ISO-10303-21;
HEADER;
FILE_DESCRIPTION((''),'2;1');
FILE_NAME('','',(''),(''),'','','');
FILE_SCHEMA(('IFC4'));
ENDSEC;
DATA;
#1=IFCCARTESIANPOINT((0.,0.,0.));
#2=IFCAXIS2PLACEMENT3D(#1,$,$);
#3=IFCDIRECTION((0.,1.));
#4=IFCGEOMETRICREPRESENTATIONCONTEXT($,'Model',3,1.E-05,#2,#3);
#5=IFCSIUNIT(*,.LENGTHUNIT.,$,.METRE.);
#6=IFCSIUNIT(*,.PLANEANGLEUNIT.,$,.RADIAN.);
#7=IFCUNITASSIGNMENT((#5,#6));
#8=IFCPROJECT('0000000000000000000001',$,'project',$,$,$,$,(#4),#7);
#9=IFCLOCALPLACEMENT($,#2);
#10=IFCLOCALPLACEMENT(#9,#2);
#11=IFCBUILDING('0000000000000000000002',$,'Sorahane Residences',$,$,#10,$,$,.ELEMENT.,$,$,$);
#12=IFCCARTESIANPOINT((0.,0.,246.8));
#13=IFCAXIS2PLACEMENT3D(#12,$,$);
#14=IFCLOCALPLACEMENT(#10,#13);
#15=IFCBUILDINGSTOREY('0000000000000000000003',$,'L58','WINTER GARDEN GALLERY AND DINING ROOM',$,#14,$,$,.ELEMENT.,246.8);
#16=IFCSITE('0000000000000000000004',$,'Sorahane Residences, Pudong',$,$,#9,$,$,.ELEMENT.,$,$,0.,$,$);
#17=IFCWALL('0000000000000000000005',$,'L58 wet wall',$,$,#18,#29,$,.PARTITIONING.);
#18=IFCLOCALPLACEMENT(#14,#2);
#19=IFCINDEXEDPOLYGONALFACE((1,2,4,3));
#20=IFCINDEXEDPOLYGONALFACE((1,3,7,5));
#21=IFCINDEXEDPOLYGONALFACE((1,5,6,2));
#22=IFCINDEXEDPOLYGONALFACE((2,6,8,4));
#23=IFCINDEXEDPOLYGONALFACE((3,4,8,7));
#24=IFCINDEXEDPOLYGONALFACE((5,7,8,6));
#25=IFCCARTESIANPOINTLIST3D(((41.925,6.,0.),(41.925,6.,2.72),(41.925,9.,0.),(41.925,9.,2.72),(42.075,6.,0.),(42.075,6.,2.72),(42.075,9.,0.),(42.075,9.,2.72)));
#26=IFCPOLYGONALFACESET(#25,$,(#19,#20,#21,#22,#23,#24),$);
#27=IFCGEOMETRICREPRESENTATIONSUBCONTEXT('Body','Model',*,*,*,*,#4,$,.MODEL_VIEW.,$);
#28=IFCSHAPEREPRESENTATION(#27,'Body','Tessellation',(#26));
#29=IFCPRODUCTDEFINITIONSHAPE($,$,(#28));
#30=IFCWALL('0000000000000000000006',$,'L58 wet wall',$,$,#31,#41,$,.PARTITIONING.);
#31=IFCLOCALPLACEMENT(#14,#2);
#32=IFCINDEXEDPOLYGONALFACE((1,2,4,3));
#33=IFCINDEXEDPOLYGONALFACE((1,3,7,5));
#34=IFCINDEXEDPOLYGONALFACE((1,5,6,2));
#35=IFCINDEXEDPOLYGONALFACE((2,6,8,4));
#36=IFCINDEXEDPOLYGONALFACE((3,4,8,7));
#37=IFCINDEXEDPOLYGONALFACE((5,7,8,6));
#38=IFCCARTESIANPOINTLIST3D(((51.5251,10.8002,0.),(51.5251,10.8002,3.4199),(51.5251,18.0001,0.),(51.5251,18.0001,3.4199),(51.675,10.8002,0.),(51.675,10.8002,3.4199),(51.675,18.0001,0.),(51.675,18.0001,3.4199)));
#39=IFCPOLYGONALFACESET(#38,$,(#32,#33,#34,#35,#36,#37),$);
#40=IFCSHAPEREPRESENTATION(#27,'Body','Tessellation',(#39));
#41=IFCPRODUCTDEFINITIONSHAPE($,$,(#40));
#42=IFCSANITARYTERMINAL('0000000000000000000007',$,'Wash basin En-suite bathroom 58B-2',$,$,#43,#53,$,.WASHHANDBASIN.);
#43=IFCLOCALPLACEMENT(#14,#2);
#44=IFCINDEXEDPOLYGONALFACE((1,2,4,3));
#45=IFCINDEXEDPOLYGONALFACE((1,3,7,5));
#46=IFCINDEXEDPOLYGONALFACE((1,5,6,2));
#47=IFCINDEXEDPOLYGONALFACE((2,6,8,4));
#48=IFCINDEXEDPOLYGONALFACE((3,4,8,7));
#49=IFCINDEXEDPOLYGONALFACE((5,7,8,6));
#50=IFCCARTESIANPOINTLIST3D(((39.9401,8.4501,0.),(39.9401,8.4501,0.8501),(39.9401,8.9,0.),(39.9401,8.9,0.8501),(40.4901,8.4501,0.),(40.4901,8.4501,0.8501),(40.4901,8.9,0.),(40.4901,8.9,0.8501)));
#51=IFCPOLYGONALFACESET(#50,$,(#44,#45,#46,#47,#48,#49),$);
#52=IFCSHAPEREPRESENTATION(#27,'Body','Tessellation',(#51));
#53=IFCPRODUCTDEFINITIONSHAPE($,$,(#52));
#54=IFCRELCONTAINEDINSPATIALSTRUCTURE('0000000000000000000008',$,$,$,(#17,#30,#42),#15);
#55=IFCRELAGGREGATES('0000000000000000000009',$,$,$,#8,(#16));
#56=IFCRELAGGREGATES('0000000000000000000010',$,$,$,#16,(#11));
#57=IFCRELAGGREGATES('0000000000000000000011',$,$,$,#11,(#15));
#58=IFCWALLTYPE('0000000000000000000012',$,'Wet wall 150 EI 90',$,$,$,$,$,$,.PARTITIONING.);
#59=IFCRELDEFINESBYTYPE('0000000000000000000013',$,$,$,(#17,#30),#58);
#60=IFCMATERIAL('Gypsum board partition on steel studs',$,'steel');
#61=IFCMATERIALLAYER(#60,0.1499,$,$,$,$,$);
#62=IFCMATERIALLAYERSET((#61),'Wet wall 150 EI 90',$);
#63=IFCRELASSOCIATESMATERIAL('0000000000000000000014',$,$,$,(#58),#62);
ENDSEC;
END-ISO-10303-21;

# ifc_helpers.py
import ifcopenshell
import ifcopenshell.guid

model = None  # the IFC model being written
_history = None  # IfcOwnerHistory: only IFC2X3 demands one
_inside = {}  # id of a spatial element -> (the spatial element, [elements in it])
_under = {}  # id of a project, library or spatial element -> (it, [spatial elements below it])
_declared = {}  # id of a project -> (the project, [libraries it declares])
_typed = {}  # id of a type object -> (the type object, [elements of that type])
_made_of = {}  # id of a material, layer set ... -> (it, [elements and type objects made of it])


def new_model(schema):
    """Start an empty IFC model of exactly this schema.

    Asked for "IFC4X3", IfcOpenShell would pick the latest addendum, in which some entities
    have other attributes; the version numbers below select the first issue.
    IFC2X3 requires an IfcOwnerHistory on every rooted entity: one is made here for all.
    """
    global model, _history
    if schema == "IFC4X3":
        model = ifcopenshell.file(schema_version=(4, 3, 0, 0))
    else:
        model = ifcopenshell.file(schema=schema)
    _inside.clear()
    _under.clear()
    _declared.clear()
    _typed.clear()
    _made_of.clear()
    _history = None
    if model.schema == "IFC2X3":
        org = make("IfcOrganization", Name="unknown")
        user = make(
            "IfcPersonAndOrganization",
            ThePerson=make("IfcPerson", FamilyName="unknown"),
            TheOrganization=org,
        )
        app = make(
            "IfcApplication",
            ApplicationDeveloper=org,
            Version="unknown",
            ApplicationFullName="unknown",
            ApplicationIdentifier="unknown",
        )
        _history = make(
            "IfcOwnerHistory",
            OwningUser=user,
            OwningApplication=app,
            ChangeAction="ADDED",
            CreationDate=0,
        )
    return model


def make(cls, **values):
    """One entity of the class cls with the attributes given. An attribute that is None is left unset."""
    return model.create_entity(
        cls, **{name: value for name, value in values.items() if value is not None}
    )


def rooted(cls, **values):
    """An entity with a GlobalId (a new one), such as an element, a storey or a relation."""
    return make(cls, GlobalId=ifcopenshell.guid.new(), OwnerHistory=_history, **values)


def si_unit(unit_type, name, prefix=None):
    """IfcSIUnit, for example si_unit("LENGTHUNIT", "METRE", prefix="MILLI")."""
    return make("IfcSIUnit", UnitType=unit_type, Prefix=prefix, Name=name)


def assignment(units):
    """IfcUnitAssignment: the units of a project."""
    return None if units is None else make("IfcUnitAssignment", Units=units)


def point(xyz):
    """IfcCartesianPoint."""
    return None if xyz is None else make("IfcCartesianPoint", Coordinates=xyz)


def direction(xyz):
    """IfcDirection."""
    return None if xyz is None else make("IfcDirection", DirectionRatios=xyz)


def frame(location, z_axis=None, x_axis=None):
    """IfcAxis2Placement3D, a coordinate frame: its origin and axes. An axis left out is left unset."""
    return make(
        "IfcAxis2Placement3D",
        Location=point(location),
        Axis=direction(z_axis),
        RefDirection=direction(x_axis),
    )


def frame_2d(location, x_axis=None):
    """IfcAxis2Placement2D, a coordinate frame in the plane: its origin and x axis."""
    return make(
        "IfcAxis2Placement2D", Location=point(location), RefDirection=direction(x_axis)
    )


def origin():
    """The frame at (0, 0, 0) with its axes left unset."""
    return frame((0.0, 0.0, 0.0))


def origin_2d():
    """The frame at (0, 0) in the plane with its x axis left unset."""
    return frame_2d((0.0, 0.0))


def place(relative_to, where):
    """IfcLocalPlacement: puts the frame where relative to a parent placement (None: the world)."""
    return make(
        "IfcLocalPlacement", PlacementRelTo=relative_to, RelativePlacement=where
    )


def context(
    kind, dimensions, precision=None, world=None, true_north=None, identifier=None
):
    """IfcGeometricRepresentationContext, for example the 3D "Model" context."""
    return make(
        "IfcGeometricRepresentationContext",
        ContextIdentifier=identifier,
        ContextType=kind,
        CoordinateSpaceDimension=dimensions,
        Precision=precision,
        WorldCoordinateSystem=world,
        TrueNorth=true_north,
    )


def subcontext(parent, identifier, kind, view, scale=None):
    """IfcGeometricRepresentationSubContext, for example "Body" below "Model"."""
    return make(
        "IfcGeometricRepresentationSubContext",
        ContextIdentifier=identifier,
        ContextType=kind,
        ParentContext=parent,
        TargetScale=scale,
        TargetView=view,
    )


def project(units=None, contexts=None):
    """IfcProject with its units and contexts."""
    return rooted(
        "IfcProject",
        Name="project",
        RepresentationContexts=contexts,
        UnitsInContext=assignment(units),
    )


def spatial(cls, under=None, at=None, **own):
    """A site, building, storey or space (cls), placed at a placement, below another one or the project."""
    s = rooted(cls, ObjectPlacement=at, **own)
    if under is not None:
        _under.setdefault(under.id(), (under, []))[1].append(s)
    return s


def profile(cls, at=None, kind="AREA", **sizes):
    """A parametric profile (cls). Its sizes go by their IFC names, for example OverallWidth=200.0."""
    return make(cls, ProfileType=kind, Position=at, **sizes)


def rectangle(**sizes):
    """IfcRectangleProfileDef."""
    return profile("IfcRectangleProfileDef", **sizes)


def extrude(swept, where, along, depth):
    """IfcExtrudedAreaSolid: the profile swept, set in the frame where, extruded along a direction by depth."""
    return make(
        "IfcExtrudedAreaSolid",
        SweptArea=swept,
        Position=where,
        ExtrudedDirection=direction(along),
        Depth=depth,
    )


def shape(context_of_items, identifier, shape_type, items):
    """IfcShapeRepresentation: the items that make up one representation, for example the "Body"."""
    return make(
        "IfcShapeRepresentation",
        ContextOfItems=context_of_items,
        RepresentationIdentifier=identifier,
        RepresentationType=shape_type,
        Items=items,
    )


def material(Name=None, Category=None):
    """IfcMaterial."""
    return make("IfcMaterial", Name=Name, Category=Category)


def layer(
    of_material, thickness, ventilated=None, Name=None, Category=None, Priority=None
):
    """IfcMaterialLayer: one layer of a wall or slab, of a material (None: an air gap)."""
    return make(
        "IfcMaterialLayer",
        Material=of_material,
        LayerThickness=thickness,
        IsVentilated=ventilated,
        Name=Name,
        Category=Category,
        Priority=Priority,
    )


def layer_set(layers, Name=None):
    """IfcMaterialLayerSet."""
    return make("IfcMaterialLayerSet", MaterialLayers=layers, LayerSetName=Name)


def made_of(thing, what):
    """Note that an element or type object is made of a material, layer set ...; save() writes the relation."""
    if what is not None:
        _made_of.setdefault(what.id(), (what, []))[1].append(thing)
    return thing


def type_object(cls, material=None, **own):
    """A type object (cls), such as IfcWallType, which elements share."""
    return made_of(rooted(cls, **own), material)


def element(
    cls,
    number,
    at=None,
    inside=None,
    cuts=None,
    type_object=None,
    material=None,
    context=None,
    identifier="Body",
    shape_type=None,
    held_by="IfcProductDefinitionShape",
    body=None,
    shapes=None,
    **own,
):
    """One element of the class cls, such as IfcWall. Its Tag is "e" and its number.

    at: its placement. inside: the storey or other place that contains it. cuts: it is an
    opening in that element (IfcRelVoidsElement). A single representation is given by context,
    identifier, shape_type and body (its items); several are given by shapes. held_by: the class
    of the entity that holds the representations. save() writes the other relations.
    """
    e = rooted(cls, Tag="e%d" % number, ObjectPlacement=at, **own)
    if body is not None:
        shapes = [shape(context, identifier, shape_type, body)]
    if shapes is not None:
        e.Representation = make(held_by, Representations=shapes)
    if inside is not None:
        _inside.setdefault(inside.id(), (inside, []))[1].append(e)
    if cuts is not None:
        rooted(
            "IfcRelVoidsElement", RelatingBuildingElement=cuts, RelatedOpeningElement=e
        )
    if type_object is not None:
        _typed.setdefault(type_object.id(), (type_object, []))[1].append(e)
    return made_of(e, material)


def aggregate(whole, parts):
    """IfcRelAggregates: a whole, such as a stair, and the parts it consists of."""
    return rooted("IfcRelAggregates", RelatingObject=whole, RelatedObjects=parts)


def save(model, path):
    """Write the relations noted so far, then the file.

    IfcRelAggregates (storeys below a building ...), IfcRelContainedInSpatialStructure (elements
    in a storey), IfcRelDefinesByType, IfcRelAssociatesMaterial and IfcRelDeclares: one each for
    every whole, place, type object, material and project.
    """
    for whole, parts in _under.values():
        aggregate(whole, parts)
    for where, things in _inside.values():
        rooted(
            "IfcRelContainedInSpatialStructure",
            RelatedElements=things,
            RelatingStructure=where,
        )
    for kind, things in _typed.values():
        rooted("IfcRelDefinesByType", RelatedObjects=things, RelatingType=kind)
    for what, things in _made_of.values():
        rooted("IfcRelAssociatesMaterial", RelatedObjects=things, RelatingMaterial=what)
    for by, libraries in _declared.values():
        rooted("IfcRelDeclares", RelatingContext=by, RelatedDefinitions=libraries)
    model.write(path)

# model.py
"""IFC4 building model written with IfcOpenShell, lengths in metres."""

from ifc_helpers import new_model, si_unit, direction, frame, frame_2d, origin, origin_2d, place, context, subcontext, project, spatial, rectangle, extrude, material, layer, layer_set, type_object, element, save


model = new_model("IFC4")

# Units and contexts
model_context = context("Model", 3, precision=1e-05, world=origin(), true_north=direction((0.0, 1.0)))
body_context = subcontext(model_context, "Body", "Model", "MODEL_VIEW")
ifc_project = project(units=[si_unit("LENGTHUNIT", "METRE"), si_unit("PLANEANGLEUNIT", "RADIAN")], contexts=[model_context])

# Site, building, storey
site_placement = place(None, origin())
site = spatial("IfcSite", under=ifc_project, at=site_placement, Name="Sorahane Residences, Pudong", CompositionType="ELEMENT", RefElevation=0.0)
building_placement = place(site_placement, origin())
building = spatial("IfcBuilding", under=site, at=building_placement, Name="Sorahane Residences", CompositionType="ELEMENT")
storey_placement = place(building_placement, frame((0.0, 0.0, 246.8)))
storey = spatial("IfcBuildingStorey", under=building, at=storey_placement, Name="L58", Description="WINTER GARDEN GALLERY AND DINING ROOM", CompositionType="ELEMENT", Elevation=246.8)

# Walls
ifc_material_1 = material(Name="Gypsum board partition on steel studs", Category="steel")
ifc_layer_1 = layer(ifc_material_1, 0.1499)
ifc_layer_set_1 = layer_set([ifc_layer_1], Name="Wet wall 150 EI 90")
wall_type_1 = type_object("IfcWallType", Name="Wet wall 150 EI 90", PredefinedType="PARTITIONING", material=ifc_layer_set_1)
wall_1_placement = place(storey_placement, frame((42.0, 6.0, 0.0), z_axis=(0.0, 0.0, 1.0), x_axis=(0.0, 1.0, 0.0)))
element("IfcWall", 1, at=wall_1_placement, inside=storey, type_object=wall_type_1, Name="L58 wet wall", PredefinedType="PARTITIONING", context=body_context, shape_type="SweptSolid", body=[
    extrude(rectangle(XDim=3.0, YDim=0.1499, at=frame_2d((1.5, 0.0))), origin(), (0.0, 0.0, 1.0), 2.72),
])
wall_2_placement = place(storey_placement, frame((51.6001, 10.8, 0.0), z_axis=(0.0, 0.0, 1.0), x_axis=(0.0, 1.0, 0.0)))
element("IfcWall", 2, at=wall_2_placement, inside=storey, type_object=wall_type_1, Name="L58 wet wall", PredefinedType="PARTITIONING", context=body_context, shape_type="SweptSolid", body=[
    extrude(rectangle(XDim=7.2, YDim=0.1499, at=frame_2d((3.6001, 0.0))), origin(), (0.0, 0.0, 1.0), 3.4199),
])

# Sanitary terminal
sanitary_terminal_placement = place(storey_placement, frame((40.2151, 8.675, 0.0), z_axis=(0.0, 0.0, 1.0), x_axis=(1.0, 0.0, 0.0)))
element("IfcSanitaryTerminal", 3, at=sanitary_terminal_placement, inside=storey, Name="Wash basin En-suite bathroom 58B-2", PredefinedType="WASHHANDBASIN", context=body_context, shape_type="SweptSolid", body=[
    extrude(rectangle(XDim=0.55, YDim=0.45, at=origin_2d()), origin(), (0.0, 0.0, 1.0), 0.8501),
])

save(model, "model.ifc")
